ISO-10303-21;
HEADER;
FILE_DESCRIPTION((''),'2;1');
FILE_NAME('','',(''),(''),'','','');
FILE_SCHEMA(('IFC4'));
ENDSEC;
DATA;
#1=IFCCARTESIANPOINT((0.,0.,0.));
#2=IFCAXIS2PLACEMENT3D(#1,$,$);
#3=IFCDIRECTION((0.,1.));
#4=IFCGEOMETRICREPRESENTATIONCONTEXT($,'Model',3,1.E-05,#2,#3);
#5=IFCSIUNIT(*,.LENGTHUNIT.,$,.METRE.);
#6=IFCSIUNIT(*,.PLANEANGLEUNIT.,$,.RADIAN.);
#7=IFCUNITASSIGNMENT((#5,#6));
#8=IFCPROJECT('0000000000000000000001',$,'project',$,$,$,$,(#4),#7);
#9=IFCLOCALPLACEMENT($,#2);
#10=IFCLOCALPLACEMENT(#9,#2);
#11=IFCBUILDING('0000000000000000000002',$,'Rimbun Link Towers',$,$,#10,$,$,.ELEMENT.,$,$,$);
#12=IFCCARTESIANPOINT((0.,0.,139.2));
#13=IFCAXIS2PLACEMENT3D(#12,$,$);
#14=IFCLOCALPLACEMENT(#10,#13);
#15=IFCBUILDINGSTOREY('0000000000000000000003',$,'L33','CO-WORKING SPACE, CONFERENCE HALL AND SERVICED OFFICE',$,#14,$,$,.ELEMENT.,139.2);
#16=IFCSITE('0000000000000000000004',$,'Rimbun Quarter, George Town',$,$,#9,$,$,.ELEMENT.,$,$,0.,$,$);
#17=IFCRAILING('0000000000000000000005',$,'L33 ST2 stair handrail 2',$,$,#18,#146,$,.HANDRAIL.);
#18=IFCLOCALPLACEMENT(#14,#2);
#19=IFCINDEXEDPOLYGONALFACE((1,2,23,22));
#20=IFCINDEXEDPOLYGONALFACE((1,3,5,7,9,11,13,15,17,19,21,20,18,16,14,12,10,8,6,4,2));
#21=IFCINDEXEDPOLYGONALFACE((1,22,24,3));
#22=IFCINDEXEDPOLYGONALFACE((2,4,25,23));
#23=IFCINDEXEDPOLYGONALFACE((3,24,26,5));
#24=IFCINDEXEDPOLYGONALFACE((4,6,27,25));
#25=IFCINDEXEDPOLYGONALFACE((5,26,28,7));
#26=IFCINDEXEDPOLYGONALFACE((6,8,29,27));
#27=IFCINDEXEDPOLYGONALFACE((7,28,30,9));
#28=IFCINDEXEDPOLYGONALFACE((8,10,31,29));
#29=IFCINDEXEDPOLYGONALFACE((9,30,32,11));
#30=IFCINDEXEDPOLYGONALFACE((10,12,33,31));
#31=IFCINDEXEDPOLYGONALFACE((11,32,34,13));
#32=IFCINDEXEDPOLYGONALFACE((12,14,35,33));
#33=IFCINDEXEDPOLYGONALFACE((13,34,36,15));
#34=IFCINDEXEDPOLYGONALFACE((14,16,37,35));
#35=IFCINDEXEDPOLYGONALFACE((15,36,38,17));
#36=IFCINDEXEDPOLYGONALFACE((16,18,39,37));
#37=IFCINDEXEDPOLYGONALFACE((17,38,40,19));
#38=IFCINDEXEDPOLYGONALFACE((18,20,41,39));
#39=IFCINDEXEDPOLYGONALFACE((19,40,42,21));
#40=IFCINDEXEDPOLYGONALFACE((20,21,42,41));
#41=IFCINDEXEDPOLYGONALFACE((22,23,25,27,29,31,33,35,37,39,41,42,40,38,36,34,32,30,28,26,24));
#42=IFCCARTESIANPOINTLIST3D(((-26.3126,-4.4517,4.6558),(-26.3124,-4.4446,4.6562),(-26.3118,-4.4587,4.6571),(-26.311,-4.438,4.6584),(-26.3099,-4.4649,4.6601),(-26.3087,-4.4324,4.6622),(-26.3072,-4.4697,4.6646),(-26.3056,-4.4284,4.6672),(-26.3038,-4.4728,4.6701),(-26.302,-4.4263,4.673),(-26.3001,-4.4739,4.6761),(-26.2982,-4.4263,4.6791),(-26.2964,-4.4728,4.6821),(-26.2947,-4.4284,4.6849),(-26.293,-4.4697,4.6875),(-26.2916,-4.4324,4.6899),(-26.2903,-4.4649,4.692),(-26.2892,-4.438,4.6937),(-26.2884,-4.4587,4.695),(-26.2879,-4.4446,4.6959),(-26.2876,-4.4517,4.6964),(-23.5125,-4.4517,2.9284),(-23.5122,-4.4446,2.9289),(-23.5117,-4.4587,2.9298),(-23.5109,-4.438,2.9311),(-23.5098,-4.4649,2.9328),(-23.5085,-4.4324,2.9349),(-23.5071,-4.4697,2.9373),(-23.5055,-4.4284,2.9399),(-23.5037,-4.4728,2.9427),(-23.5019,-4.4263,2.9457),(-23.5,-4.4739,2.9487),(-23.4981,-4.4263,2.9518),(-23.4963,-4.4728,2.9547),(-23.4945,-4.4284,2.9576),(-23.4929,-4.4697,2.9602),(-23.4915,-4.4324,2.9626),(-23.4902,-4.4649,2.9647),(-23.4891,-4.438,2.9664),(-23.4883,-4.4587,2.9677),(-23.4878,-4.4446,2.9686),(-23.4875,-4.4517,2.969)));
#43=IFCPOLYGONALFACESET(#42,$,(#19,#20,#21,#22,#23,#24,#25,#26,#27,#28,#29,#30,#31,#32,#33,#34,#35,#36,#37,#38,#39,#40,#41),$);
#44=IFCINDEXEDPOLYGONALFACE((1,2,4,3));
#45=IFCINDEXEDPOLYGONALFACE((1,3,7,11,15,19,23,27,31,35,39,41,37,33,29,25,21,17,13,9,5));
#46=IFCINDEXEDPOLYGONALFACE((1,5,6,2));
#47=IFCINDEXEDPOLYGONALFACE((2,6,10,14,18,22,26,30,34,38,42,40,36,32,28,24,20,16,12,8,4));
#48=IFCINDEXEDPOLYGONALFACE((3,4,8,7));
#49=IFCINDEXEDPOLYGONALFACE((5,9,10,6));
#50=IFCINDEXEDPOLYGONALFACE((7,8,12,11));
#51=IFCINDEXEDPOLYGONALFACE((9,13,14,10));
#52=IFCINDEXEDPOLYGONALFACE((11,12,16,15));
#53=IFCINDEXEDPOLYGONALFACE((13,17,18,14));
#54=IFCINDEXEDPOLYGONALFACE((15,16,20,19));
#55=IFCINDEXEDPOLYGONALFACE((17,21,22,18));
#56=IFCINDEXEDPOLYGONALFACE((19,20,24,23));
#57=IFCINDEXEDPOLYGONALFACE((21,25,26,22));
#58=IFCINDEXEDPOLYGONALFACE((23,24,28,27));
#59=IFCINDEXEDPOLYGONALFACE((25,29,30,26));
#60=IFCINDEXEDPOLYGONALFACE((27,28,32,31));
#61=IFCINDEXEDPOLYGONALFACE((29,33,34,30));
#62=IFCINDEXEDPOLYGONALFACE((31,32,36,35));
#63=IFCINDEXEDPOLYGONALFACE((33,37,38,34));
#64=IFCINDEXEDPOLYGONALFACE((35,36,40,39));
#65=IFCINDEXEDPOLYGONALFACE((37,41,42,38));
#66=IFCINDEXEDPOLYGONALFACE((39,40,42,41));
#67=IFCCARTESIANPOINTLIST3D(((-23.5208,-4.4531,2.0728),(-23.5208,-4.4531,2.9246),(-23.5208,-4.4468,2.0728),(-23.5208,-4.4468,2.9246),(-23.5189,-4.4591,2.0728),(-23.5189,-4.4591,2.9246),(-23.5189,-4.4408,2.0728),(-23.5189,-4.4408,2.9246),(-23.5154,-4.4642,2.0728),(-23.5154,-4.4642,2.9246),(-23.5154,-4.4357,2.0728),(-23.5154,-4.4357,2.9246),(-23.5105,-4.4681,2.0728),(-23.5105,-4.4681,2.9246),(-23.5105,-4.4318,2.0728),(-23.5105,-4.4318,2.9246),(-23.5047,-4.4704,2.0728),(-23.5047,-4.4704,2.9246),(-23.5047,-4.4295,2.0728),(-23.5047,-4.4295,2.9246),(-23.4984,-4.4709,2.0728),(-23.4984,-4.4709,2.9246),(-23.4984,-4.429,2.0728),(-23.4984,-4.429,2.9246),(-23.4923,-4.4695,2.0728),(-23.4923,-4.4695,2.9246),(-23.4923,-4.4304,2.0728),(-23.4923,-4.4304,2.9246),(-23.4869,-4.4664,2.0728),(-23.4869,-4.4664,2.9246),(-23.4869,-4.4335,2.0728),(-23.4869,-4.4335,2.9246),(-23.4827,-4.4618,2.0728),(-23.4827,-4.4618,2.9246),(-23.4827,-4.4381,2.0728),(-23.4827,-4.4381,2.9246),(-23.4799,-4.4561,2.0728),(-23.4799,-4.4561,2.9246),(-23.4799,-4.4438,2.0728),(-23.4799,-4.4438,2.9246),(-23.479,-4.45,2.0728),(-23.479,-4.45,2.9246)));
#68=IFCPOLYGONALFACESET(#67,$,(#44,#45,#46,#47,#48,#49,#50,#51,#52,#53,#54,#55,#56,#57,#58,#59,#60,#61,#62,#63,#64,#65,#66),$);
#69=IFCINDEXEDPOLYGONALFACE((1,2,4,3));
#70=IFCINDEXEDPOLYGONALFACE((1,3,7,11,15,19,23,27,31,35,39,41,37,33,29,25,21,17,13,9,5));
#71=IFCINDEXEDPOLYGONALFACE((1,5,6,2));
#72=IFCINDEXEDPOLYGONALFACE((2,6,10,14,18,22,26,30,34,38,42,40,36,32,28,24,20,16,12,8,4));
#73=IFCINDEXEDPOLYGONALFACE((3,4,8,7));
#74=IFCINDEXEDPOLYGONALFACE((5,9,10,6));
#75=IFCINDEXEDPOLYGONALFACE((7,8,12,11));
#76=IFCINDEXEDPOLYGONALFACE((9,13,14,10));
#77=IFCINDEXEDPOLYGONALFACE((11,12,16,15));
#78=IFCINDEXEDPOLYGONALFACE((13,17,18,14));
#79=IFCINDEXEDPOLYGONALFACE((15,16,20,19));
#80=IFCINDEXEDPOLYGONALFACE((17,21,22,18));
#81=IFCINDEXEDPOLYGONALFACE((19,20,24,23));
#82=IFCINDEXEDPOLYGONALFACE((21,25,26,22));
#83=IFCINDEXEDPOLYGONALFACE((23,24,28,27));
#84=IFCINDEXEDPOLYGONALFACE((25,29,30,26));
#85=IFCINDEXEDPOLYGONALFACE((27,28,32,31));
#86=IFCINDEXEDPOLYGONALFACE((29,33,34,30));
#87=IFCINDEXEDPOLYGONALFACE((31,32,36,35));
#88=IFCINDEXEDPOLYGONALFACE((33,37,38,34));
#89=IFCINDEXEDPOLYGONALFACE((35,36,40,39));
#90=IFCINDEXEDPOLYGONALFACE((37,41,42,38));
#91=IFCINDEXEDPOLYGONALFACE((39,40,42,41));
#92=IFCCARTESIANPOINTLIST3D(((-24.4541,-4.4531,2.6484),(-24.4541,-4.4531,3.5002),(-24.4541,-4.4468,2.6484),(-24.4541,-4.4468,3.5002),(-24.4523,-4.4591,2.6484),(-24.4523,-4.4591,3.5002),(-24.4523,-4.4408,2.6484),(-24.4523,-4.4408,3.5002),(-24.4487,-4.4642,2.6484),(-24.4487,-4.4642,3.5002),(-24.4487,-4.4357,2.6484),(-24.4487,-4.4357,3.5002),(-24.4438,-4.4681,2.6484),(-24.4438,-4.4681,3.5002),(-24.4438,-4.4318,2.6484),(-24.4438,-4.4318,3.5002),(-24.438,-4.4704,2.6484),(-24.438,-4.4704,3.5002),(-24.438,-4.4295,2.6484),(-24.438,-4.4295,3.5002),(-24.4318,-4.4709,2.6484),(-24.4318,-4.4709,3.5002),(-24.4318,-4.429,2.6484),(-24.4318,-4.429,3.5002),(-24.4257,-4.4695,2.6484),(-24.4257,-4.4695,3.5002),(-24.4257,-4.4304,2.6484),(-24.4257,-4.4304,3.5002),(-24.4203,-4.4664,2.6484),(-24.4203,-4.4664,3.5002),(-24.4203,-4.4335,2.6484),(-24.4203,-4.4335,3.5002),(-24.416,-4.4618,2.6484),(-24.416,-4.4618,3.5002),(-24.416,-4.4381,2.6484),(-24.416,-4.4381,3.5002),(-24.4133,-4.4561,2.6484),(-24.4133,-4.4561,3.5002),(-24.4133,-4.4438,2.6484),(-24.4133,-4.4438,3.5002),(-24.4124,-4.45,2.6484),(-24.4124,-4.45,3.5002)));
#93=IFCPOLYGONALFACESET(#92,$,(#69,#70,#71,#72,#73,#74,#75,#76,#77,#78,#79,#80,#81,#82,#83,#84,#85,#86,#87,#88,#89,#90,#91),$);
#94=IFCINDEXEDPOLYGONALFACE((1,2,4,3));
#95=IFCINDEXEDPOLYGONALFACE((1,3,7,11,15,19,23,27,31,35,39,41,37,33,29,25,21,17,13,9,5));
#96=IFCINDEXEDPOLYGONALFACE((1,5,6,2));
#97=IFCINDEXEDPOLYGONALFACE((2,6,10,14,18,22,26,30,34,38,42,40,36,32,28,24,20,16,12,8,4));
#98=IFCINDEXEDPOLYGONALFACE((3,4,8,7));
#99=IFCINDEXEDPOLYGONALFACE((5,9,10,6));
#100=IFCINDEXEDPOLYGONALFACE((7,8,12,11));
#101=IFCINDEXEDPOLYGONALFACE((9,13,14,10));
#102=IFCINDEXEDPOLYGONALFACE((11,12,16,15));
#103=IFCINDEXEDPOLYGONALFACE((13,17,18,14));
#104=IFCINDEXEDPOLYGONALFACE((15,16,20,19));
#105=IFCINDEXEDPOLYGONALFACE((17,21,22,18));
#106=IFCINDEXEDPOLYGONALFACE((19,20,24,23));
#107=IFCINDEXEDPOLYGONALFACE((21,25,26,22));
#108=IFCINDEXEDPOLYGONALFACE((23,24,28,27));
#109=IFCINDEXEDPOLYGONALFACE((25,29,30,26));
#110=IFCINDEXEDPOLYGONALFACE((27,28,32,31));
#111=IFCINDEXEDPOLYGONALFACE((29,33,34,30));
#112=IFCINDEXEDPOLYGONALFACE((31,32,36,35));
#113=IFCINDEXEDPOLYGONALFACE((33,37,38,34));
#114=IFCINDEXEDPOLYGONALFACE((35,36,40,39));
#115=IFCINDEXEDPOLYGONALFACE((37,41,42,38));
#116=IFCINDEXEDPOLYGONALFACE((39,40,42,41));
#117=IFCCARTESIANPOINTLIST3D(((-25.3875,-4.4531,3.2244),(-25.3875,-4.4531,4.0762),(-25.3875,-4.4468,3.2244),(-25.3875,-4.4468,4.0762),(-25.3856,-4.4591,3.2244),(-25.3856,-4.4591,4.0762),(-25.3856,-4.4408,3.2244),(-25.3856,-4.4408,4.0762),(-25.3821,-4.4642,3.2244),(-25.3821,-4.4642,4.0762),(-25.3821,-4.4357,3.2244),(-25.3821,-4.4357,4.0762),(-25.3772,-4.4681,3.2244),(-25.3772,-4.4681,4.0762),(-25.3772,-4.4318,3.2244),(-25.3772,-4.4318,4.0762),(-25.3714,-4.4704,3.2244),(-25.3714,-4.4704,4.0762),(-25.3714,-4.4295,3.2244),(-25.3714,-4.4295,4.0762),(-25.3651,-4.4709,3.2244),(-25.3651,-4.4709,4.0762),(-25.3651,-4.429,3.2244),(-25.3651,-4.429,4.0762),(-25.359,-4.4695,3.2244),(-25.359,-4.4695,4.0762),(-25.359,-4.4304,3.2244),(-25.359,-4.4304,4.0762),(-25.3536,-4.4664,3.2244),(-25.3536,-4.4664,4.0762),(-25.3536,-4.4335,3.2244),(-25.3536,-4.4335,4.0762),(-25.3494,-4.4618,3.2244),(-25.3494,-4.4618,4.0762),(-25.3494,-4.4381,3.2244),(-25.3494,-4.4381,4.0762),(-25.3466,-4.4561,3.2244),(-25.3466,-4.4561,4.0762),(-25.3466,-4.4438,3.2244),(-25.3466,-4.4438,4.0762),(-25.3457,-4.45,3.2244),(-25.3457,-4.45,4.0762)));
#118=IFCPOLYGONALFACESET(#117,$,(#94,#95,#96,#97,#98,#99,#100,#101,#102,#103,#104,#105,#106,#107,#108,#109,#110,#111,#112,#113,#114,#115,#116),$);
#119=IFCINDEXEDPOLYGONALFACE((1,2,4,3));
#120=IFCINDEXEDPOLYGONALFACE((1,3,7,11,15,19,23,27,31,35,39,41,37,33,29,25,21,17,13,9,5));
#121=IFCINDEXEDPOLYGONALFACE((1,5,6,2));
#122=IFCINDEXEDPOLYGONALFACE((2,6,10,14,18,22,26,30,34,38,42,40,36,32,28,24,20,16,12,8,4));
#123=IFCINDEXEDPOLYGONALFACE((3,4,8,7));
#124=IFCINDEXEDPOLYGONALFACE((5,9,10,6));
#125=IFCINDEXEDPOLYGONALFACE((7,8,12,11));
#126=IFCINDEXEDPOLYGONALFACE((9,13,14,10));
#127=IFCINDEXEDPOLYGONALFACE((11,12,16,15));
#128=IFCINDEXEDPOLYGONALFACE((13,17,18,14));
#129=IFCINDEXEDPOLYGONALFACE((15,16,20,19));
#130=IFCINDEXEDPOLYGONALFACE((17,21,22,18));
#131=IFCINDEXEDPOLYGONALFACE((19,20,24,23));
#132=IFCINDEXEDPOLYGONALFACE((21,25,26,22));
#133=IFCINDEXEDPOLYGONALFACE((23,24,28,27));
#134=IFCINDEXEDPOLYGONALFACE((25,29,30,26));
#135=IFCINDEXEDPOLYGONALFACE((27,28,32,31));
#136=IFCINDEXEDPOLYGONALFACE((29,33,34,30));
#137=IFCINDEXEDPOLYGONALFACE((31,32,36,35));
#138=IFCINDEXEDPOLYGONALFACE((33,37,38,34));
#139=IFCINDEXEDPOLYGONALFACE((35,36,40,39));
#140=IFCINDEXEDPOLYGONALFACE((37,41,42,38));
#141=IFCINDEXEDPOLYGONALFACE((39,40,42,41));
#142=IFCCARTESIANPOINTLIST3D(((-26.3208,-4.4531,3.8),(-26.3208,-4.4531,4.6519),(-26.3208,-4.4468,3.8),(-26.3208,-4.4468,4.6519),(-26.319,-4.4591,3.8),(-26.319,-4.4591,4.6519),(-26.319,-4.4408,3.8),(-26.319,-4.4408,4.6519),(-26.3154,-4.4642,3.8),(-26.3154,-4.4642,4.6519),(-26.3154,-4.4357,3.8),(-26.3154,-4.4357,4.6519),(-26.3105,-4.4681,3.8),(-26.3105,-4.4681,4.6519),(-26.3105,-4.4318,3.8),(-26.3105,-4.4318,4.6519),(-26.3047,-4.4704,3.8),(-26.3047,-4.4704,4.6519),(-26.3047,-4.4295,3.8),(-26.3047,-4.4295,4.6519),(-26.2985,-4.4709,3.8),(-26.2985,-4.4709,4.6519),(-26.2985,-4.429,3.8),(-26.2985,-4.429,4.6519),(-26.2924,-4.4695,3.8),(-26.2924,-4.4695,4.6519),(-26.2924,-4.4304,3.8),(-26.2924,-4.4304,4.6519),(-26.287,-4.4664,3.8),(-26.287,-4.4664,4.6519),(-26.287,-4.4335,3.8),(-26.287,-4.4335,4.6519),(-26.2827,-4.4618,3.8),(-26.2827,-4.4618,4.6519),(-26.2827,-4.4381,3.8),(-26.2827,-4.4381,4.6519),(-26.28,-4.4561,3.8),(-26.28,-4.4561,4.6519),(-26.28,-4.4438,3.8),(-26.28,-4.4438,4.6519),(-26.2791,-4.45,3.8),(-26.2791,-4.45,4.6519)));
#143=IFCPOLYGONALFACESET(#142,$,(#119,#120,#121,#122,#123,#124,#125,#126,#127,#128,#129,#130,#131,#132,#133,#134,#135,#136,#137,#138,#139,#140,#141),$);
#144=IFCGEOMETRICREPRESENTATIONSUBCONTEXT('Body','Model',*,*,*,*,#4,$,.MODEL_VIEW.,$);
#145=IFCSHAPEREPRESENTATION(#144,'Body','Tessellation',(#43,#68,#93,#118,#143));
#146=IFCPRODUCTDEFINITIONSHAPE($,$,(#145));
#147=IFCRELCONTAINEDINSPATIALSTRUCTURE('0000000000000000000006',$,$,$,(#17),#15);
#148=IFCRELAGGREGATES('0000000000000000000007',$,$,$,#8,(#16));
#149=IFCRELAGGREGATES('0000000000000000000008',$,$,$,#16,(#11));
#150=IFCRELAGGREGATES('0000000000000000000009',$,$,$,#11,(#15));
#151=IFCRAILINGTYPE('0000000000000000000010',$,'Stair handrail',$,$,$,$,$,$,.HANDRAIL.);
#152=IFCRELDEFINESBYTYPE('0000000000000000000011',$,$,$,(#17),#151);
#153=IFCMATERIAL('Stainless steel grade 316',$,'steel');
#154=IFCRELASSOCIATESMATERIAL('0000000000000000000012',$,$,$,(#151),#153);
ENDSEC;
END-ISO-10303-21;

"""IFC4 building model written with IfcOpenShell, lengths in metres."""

from ifc_helpers import new_model, si_unit, direction, frame, origin, origin_2d, place, context, subcontext, project, spatial, circle, extrude, material, type_object, element, save


model = new_model("IFC4")

# Units and contexts
model_context = context("Model", 3, precision=1e-05, world=origin(), true_north=direction((0.0, 1.0)))
body_context = subcontext(model_context, "Body", "Model", "MODEL_VIEW")
ifc_project = project(units=[si_unit("LENGTHUNIT", "METRE"), si_unit("PLANEANGLEUNIT", "RADIAN")], contexts=[model_context])

# Site, building, storey
site_placement = place(None, origin())
site = spatial("IfcSite", under=ifc_project, at=site_placement, Name="Rimbun Quarter, George Town", CompositionType="ELEMENT", RefElevation=0.0)
building_placement = place(site_placement, origin())
building = spatial("IfcBuilding", under=site, at=building_placement, Name="Rimbun Link Towers", CompositionType="ELEMENT")
storey_placement = place(building_placement, frame((0.0, 0.0, 139.2)))
storey = spatial("IfcBuildingStorey", under=building, at=storey_placement, Name="L33", Description="CO-WORKING SPACE, CONFERENCE HALL AND SERVICED OFFICE", CompositionType="ELEMENT", Elevation=139.2)

# Railing
ifc_material_1 = material(Name="Stainless steel grade 316", Category="steel")
railing_type_1 = type_object("IfcRailingType", Name="Stair handrail", PredefinedType="HANDRAIL", material=ifc_material_1)
railing_1_placement = place(storey_placement, frame((-23.5, -4.45, 2.0728)))
element("IfcRailing", 1, at=railing_1_placement, inside=storey, type_object=railing_type_1, Name="L33 ST2 stair handrail 2", PredefinedType="HANDRAIL", context=body_context, shape_type="SweptSolid", body=[
    extrude(circle(Radius=0.0239, at=origin_2d()), frame((0.0, 0.0, 0.876), z_axis=(-0.85109, 0.0, 0.52502), x_axis=(0.0, -1.0, 0.0)), (0.0, 0.0, 1.0), 3.29),
    extrude(circle(Radius=0.021, at=origin_2d()), origin(), (0.0, 0.0, 1.0), 0.8518),
    extrude(circle(Radius=0.021, at=origin_2d()), frame((-0.9333, 0.0, 0.5757)), (0.0, 0.0, 1.0), 0.8518),
    extrude(circle(Radius=0.021, at=origin_2d()), frame((-1.8667, 0.0, 1.1516)), (0.0, 0.0, 1.0), 0.8518),
    extrude(circle(Radius=0.021, at=origin_2d()), frame((-2.8, 0.0, 1.7273)), (0.0, 0.0, 1.0), 0.8518),
])

save(model, "model.ifc")
